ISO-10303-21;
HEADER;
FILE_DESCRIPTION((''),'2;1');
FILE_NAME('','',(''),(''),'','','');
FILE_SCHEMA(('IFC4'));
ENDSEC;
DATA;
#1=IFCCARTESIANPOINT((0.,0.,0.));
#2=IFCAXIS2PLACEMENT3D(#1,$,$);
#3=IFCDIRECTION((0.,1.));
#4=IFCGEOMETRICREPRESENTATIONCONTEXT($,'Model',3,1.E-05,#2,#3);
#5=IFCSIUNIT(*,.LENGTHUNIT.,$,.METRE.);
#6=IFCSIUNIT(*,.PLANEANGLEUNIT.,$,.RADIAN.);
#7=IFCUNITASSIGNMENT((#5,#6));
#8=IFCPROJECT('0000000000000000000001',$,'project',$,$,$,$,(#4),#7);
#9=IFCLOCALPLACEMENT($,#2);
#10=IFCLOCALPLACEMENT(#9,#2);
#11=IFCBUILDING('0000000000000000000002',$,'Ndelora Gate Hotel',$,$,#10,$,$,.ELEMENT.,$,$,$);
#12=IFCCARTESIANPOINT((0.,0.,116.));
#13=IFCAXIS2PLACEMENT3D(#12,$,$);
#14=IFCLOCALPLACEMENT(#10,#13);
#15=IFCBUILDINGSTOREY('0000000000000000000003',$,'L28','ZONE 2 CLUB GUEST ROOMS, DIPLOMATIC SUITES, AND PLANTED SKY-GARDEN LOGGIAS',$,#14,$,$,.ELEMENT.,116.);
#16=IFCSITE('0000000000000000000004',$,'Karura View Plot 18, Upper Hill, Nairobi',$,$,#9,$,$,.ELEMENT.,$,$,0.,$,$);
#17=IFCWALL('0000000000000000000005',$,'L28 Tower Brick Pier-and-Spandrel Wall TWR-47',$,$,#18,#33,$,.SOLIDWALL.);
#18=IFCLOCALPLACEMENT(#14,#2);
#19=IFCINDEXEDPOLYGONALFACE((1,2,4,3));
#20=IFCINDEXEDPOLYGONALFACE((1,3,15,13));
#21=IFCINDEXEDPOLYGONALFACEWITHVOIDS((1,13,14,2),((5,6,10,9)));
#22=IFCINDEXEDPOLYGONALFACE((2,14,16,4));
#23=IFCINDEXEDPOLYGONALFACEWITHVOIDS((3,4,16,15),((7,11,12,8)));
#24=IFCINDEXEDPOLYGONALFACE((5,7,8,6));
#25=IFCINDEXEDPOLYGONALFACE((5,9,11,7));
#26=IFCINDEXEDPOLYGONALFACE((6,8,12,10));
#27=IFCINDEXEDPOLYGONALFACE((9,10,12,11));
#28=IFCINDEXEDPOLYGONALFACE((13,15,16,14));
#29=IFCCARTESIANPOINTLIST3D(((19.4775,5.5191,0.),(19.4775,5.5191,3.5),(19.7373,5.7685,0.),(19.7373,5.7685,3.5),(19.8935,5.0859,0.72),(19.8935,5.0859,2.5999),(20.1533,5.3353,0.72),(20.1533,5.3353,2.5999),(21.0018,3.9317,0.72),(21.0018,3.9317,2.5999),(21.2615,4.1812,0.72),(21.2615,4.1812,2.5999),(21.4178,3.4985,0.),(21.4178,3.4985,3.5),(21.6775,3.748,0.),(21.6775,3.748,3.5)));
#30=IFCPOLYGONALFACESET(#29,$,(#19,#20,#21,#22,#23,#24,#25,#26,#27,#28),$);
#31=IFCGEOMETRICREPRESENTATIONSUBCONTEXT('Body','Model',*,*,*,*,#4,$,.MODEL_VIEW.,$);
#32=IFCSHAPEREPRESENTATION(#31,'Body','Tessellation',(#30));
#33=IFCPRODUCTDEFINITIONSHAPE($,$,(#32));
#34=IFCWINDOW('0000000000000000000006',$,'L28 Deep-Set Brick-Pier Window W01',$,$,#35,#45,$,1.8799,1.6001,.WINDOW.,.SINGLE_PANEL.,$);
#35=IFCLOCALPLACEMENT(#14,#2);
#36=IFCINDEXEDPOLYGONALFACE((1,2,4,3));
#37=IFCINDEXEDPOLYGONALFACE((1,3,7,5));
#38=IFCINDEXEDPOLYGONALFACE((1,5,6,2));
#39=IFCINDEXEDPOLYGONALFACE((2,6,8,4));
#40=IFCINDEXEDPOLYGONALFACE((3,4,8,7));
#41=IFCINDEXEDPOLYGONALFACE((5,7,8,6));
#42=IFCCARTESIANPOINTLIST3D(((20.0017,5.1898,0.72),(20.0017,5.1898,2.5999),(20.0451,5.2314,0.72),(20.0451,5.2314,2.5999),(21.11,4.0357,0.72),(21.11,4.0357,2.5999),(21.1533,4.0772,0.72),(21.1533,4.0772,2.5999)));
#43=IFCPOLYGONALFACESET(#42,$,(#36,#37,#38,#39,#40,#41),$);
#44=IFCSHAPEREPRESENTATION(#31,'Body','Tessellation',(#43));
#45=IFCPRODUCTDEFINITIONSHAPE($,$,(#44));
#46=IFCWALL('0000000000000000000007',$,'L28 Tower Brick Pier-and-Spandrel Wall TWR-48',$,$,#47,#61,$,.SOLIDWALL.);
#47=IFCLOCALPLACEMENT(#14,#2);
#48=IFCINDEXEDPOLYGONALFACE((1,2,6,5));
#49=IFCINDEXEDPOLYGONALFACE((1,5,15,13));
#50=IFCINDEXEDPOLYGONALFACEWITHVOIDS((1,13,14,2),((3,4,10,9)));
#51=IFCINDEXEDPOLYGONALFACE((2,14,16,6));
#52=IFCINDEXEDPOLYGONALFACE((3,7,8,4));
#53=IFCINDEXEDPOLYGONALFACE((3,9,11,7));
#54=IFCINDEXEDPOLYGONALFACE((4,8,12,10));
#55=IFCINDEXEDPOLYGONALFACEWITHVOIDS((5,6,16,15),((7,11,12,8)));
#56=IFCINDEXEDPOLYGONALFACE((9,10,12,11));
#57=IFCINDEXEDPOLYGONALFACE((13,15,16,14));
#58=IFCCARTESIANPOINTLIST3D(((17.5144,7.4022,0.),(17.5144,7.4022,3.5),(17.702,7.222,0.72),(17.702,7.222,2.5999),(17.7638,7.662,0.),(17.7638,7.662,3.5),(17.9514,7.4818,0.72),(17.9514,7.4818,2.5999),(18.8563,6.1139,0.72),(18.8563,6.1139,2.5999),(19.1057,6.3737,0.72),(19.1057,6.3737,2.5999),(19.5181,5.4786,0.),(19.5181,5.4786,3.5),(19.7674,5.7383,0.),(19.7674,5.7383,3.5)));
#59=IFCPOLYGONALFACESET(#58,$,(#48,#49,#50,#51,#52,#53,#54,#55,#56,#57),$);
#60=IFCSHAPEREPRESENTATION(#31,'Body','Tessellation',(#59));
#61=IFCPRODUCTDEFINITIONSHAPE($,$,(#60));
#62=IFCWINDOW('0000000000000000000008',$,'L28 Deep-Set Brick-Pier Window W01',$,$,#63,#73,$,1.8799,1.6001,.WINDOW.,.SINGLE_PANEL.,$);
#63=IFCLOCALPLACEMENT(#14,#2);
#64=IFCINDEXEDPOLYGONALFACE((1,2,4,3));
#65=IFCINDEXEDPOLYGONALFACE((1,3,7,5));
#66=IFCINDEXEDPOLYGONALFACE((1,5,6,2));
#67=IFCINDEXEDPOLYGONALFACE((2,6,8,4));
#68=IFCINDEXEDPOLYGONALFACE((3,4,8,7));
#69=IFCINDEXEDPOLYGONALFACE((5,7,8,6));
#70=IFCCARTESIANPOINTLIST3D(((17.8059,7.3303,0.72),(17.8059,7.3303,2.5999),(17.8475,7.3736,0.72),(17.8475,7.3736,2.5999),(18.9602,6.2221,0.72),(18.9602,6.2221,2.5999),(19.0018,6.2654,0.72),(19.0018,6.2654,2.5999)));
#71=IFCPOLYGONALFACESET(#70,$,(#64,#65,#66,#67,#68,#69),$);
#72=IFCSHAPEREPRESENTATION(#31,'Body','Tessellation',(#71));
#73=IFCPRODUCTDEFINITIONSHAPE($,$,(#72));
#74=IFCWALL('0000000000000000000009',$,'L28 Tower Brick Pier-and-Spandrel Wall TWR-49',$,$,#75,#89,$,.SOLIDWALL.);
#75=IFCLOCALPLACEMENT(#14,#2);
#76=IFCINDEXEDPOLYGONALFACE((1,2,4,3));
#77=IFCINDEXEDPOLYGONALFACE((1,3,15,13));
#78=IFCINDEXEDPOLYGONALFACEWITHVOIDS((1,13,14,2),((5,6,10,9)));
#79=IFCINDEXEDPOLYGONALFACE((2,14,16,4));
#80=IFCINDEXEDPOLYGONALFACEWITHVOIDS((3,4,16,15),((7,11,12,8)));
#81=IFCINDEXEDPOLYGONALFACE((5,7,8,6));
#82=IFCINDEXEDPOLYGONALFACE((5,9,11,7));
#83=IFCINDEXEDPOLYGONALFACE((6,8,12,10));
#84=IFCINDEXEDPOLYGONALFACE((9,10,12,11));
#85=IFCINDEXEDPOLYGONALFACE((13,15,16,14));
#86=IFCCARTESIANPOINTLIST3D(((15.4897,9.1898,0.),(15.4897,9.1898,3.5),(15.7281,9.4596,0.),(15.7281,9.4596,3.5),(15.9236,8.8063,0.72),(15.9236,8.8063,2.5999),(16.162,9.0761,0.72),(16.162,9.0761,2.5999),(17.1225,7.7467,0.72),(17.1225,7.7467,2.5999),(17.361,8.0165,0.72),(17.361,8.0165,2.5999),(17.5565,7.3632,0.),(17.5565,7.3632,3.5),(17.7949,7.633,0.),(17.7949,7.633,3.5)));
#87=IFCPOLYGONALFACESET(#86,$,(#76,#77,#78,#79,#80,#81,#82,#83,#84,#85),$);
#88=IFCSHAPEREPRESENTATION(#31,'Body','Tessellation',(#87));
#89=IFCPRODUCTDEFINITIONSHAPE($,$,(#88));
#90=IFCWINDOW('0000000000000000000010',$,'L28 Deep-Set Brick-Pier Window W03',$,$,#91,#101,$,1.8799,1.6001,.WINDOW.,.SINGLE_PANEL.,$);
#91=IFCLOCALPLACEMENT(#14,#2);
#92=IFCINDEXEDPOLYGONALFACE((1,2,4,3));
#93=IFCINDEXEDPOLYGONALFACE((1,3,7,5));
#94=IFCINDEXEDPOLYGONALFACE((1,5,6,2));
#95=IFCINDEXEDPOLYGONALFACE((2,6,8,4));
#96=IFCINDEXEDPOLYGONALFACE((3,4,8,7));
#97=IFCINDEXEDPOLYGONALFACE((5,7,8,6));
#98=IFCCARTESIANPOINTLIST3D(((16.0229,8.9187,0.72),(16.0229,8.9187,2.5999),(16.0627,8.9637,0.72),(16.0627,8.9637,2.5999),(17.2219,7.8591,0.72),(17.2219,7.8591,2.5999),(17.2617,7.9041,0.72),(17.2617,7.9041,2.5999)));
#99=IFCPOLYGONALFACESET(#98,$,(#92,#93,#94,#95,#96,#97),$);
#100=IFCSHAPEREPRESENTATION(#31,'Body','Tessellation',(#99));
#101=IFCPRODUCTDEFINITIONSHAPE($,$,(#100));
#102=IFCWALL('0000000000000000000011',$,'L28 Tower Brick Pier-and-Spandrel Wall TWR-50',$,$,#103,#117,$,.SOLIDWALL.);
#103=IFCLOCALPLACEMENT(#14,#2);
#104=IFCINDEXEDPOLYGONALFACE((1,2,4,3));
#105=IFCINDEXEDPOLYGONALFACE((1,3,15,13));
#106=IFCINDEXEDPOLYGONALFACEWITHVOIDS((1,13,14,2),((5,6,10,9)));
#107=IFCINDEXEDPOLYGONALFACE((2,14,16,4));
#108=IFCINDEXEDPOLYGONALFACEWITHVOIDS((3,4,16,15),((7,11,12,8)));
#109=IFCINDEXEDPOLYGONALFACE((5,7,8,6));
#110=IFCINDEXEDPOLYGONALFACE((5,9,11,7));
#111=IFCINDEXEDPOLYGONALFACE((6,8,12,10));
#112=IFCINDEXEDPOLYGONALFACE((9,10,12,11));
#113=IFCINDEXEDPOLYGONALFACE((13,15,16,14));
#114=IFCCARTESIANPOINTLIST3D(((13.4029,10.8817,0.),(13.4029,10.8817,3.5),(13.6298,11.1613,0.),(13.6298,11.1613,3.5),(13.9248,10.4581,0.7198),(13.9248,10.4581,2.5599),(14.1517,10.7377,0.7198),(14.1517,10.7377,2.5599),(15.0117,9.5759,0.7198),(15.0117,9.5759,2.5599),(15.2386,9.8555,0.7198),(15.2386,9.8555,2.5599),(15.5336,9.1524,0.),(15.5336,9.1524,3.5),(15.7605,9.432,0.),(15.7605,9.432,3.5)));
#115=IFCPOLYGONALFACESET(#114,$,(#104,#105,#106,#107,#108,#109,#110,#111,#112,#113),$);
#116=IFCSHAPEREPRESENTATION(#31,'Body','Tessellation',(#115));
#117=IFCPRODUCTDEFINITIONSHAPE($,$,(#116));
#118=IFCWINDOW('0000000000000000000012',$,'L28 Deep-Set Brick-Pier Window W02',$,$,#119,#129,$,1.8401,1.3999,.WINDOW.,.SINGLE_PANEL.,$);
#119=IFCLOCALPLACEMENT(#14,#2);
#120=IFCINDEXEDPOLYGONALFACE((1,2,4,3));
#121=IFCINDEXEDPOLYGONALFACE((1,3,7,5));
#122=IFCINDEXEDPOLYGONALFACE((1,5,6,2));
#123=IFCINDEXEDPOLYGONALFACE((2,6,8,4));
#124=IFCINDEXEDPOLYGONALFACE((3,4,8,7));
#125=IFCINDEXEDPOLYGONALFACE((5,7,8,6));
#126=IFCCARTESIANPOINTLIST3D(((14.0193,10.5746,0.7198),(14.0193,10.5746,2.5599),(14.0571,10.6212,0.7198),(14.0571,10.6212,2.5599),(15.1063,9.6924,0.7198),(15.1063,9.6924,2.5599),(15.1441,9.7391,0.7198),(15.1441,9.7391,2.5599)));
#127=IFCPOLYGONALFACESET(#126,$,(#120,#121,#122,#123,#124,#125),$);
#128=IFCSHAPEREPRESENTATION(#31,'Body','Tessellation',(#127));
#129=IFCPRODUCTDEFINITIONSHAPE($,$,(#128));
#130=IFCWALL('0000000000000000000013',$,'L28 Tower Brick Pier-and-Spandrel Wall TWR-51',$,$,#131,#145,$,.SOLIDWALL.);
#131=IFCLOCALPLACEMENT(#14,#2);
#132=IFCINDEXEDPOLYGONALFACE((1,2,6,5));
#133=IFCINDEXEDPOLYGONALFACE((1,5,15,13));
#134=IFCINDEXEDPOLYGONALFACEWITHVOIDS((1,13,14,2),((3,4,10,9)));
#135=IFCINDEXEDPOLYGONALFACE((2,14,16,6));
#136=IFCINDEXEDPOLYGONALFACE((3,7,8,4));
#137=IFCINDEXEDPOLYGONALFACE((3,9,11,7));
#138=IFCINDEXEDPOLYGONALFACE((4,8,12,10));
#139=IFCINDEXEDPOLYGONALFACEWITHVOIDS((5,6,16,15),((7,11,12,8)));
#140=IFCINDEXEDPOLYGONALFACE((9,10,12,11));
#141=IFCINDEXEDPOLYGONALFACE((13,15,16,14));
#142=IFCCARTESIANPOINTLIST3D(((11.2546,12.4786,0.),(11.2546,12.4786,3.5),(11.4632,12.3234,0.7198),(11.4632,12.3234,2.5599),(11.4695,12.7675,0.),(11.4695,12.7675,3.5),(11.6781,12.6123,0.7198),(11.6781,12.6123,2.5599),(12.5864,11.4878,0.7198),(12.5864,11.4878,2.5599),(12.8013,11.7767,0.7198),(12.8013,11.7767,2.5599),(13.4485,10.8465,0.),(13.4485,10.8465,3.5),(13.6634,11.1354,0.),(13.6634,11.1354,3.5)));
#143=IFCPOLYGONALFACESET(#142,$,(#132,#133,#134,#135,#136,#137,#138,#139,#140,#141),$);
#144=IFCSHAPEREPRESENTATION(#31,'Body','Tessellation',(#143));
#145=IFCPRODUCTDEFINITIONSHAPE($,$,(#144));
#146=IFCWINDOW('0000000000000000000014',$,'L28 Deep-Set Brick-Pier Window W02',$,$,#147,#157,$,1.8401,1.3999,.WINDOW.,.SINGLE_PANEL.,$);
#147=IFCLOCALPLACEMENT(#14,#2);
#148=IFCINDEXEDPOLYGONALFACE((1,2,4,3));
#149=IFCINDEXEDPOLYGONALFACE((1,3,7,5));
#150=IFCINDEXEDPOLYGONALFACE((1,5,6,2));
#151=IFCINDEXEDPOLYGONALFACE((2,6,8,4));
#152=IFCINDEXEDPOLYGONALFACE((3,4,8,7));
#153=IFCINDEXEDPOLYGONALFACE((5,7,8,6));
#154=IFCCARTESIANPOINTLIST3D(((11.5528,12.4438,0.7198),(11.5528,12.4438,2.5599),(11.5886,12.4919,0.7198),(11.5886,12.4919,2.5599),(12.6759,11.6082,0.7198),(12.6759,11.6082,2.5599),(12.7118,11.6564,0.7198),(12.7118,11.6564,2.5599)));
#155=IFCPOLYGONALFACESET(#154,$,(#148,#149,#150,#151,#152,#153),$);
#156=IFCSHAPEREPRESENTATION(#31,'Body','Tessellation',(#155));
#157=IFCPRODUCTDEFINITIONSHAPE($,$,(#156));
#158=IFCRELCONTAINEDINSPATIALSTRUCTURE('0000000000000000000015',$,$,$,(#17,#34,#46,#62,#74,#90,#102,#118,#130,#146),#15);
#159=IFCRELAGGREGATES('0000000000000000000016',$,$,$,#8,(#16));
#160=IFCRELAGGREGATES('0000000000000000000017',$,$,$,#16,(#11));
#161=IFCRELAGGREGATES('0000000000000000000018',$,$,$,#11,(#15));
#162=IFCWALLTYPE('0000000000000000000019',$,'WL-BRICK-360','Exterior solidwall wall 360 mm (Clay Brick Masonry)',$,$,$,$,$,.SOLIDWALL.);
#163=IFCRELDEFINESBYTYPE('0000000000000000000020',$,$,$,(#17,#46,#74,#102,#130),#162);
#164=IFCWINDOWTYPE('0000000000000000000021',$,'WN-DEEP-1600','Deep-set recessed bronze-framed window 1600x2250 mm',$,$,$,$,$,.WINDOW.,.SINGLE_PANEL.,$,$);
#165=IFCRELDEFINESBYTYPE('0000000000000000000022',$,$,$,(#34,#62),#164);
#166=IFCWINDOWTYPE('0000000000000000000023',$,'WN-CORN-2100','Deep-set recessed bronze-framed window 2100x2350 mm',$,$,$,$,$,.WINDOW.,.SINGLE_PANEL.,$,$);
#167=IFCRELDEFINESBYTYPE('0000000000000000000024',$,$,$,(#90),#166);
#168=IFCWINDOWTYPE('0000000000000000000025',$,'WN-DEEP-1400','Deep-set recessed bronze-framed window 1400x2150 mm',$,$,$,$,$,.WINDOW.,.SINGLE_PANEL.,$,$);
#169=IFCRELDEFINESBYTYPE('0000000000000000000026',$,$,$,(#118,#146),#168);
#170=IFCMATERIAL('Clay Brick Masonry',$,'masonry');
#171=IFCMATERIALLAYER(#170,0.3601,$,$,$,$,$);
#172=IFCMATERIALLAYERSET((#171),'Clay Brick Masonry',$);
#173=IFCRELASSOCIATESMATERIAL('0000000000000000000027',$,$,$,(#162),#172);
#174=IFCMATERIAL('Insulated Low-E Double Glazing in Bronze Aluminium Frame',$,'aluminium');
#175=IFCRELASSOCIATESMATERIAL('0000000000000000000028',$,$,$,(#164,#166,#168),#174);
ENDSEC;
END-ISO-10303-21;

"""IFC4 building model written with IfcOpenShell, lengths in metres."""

from ifc_helpers import new_model, si_unit, direction, frame, frame_2d, origin, place, context, subcontext, project, spatial, rectangle, extrude, material, layer, layer_set, type_object, element, fill, save


model = new_model("IFC4")

# Units and contexts
model_context = context("Model", 3, precision=1e-05, world=origin(), true_north=direction((0.0, 1.0)))
body_context = subcontext(model_context, "Body", "Model", "MODEL_VIEW")
ifc_project = project(units=[si_unit("LENGTHUNIT", "METRE"), si_unit("PLANEANGLEUNIT", "RADIAN")], contexts=[model_context])

# Site, building, storey
site_placement = place(None, origin())
site = spatial("IfcSite", under=ifc_project, at=site_placement, Name="Karura View Plot 18, Upper Hill, Nairobi", CompositionType="ELEMENT", RefElevation=0.0)
building_placement = place(site_placement, origin())
building = spatial("IfcBuilding", under=site, at=building_placement, Name="Ndelora Gate Hotel", CompositionType="ELEMENT")
storey_placement = place(building_placement, frame((0.0, 0.0, 116.0)))
storey = spatial("IfcBuildingStorey", under=building, at=storey_placement, Name="L28", Description="ZONE 2 CLUB GUEST ROOMS, DIPLOMATIC SUITES, AND PLANTED SKY-GARDEN LOGGIAS", CompositionType="ELEMENT", Elevation=116.0)

# Shared definitions
ifc_material_1 = material(Name="Clay Brick Masonry", Category="masonry")
ifc_layer_1 = layer(ifc_material_1, 0.3601)
ifc_layer_set_1 = layer_set([ifc_layer_1], Name="Clay Brick Masonry")
wall_type_1 = type_object("IfcWallType", Name="WL-BRICK-360", Description="Exterior solidwall wall 360 mm (Clay Brick Masonry)", PredefinedType="SOLIDWALL", material=ifc_layer_set_1)

# Walls, openings, windows
wall_1_placement = place(storey_placement, frame((19.6074, 5.6438, 0.0), z_axis=(0.0, 0.0, 1.0), x_axis=(0.692624, -0.721298, 0.0)))
wall_1 = element("IfcWall", 1, at=wall_1_placement, inside=storey, type_object=wall_type_1, Name="L28 Tower Brick Pier-and-Spandrel Wall TWR-47", PredefinedType="SOLIDWALL", context=body_context, shape_type="SweptSolid", body=[
    extrude(rectangle(XDim=2.8013, YDim=0.3601, at=frame_2d((1.4006, 0.0))), origin(), (0.0, 0.0, 1.0), 3.5),
])
opening_1_placement = place(wall_1_placement, frame((0.6006, 0.0, 0.72)))
opening_1 = element("IfcOpeningElement", 2, at=opening_1_placement, cuts=wall_1, PredefinedType="OPENING", context=body_context, shape_type="SweptSolid", body=[
    extrude(rectangle(XDim=1.6001, YDim=1.8799, at=frame_2d((0.8, 0.9399))), frame((0.0, 0.1899, 0.0), z_axis=(0.0, -1.0, 0.0), x_axis=(1.0, 0.0, 0.0)), (0.0, 0.0, 1.0), 0.3801),
])
ifc_material_2 = material(Name="Insulated Low-E Double Glazing in Bronze Aluminium Frame", Category="aluminium")
window_type_1 = type_object("IfcWindowType", Name="WN-DEEP-1600", Description="Deep-set recessed bronze-framed window 1600x2250 mm", PartitioningType="SINGLE_PANEL", PredefinedType="WINDOW", material=ifc_material_2)
window_1_placement = place(opening_1_placement, origin())
window_1 = element("IfcWindow", 3, at=window_1_placement, inside=storey, type_object=window_type_1, Name="L28 Deep-Set Brick-Pier Window W01", OverallHeight=1.8799, OverallWidth=1.6001, PartitioningType="SINGLE_PANEL", PredefinedType="WINDOW", context=body_context, shape_type="SweptSolid", body=[
    extrude(rectangle(XDim=1.6001, YDim=1.8799, at=frame_2d((0.8, 0.9399))), frame((0.0, 0.03, 0.0), z_axis=(0.0, -1.0, 0.0), x_axis=(1.0, 0.0, 0.0)), (0.0, 0.0, 1.0), 0.0601),
])
fill(opening_1, window_1)
wall_2_placement = place(storey_placement, frame((17.6392, 7.532, 0.0), z_axis=(0.0, 0.0, 1.0), x_axis=(0.721375, -0.692545, 0.0)))
wall_2 = element("IfcWall", 4, at=wall_2_placement, inside=storey, type_object=wall_type_1, Name="L28 Tower Brick Pier-and-Spandrel Wall TWR-48", PredefinedType="SOLIDWALL", context=body_context, shape_type="SweptSolid", body=[
    extrude(rectangle(XDim=2.7776, YDim=0.3601, at=frame_2d((1.3887, 0.0))), origin(), (0.0, 0.0, 1.0), 3.5),
])
opening_2_placement = place(wall_2_placement, frame((0.26, 0.0, 0.72)))
opening_2 = element("IfcOpeningElement", 5, at=opening_2_placement, cuts=wall_2, PredefinedType="OPENING", context=body_context, shape_type="SweptSolid", body=[
    extrude(rectangle(XDim=1.6001, YDim=1.8799, at=frame_2d((0.8, 0.9399))), frame((0.0, 0.1899, 0.0), z_axis=(0.0, -1.0, 0.0), x_axis=(1.0, 0.0, 0.0)), (0.0, 0.0, 1.0), 0.3801),
])
window_2_placement = place(opening_2_placement, origin())
window_2 = element("IfcWindow", 6, at=window_2_placement, inside=storey, type_object=window_type_1, Name="L28 Deep-Set Brick-Pier Window W01", OverallHeight=1.8799, OverallWidth=1.6001, PartitioningType="SINGLE_PANEL", PredefinedType="WINDOW", context=body_context, shape_type="SweptSolid", body=[
    extrude(rectangle(XDim=1.6001, YDim=1.8799, at=frame_2d((0.8, 0.9399))), frame((0.0, 0.03, 0.0), z_axis=(0.0, -1.0, 0.0), x_axis=(1.0, 0.0, 0.0)), (0.0, 0.0, 1.0), 0.0601),
])
fill(opening_2, window_2)
wall_3_placement = place(storey_placement, frame((15.6089, 9.3247, 0.0), z_axis=(0.0, 0.0, 1.0), x_axis=(0.749311, -0.662219, 0.0)))
wall_3 = element("IfcWall", 7, at=wall_3_placement, inside=storey, type_object=wall_type_1, Name="L28 Tower Brick Pier-and-Spandrel Wall TWR-49", PredefinedType="SOLIDWALL", context=body_context, shape_type="SweptSolid", body=[
    extrude(rectangle(XDim=2.7583, YDim=0.3601, at=frame_2d((1.3792, 0.0))), origin(), (0.0, 0.0, 1.0), 3.5),
])
opening_3_placement = place(wall_3_placement, frame((0.5791, 0.0, 0.72)))
opening_3 = element("IfcOpeningElement", 8, at=opening_3_placement, cuts=wall_3, PredefinedType="OPENING", context=body_context, shape_type="SweptSolid", body=[
    extrude(rectangle(XDim=1.6001, YDim=1.8799, at=frame_2d((0.8, 0.9399))), frame((0.0, 0.1899, 0.0), z_axis=(0.0, -1.0, 0.0), x_axis=(1.0, 0.0, 0.0)), (0.0, 0.0, 1.0), 0.3801),
])
window_type_2 = type_object("IfcWindowType", Name="WN-CORN-2100", Description="Deep-set recessed bronze-framed window 2100x2350 mm", PartitioningType="SINGLE_PANEL", PredefinedType="WINDOW", material=ifc_material_2)
window_3_placement = place(opening_3_placement, origin())
window_3 = element("IfcWindow", 9, at=window_3_placement, inside=storey, type_object=window_type_2, Name="L28 Deep-Set Brick-Pier Window W03", OverallHeight=1.8799, OverallWidth=1.6001, PartitioningType="SINGLE_PANEL", PredefinedType="WINDOW", context=body_context, shape_type="SweptSolid", body=[
    extrude(rectangle(XDim=1.6001, YDim=1.8799, at=frame_2d((0.8, 0.9399))), frame((0.0, 0.03, 0.0), z_axis=(0.0, -1.0, 0.0), x_axis=(1.0, 0.0, 0.0)), (0.0, 0.0, 1.0), 0.0601),
])
fill(opening_3, window_3)
wall_4_placement = place(storey_placement, frame((13.5164, 11.0215, 0.0), z_axis=(0.0, 0.0, 1.0), x_axis=(0.776449, -0.630181, 0.0)))
wall_4 = element("IfcWall", 10, at=wall_4_placement, inside=storey, type_object=wall_type_1, Name="L28 Tower Brick Pier-and-Spandrel Wall TWR-50", PredefinedType="SOLIDWALL", context=body_context, shape_type="SweptSolid", body=[
    extrude(rectangle(XDim=2.7441, YDim=0.3601, at=frame_2d((1.3721, 0.0))), origin(), (0.0, 0.0, 1.0), 3.5),
])
opening_4_placement = place(wall_4_placement, frame((0.6721, 0.0, 0.72)))
opening_4 = element("IfcOpeningElement", 11, at=opening_4_placement, cuts=wall_4, PredefinedType="OPENING", context=body_context, shape_type="SweptSolid", body=[
    extrude(rectangle(XDim=1.3999, YDim=1.8401, at=frame_2d((0.7, 0.9199))), frame((0.0, 0.1899, 0.0), z_axis=(0.0, -1.0, 0.0), x_axis=(1.0, 0.0, 0.0)), (0.0, 0.0, 1.0), 0.3801),
])
window_type_3 = type_object("IfcWindowType", Name="WN-DEEP-1400", Description="Deep-set recessed bronze-framed window 1400x2150 mm", PartitioningType="SINGLE_PANEL", PredefinedType="WINDOW", material=ifc_material_2)
window_4_placement = place(opening_4_placement, origin())
window_4 = element("IfcWindow", 12, at=window_4_placement, inside=storey, type_object=window_type_3, Name="L28 Deep-Set Brick-Pier Window W02", OverallHeight=1.8401, OverallWidth=1.3999, PartitioningType="SINGLE_PANEL", PredefinedType="WINDOW", context=body_context, shape_type="SweptSolid", body=[
    extrude(rectangle(XDim=1.3999, YDim=1.8401, at=frame_2d((0.7, 0.9199))), frame((0.0, 0.03, 0.0), z_axis=(0.0, -1.0, 0.0), x_axis=(1.0, 0.0, 0.0)), (0.0, 0.0, 1.0), 0.0601),
])
fill(opening_4, window_4)
wall_5_placement = place(storey_placement, frame((11.3621, 12.623, 0.0), z_axis=(0.0, 0.0, 1.0), x_axis=(0.80233, -0.596881, 0.0)))
wall_5 = element("IfcWall", 13, at=wall_5_placement, inside=storey, type_object=wall_type_1, Name="L28 Tower Brick Pier-and-Spandrel Wall TWR-51", PredefinedType="SOLIDWALL", context=body_context, shape_type="SweptSolid", body=[
    extrude(rectangle(XDim=2.7344, YDim=0.3601, at=frame_2d((1.3672, 0.0))), origin(), (0.0, 0.0, 1.0), 3.5),
])
opening_5_placement = place(wall_5_placement, frame((0.26, 0.0, 0.72)))
opening_5 = element("IfcOpeningElement", 14, at=opening_5_placement, cuts=wall_5, PredefinedType="OPENING", context=body_context, shape_type="SweptSolid", body=[
    extrude(rectangle(XDim=1.3999, YDim=1.8401, at=frame_2d((0.7, 0.9199))), frame((0.0, 0.1899, 0.0), z_axis=(0.0, -1.0, 0.0), x_axis=(1.0, 0.0, 0.0)), (0.0, 0.0, 1.0), 0.3801),
])
window_5_placement = place(opening_5_placement, origin())
window_5 = element("IfcWindow", 15, at=window_5_placement, inside=storey, type_object=window_type_3, Name="L28 Deep-Set Brick-Pier Window W02", OverallHeight=1.8401, OverallWidth=1.3999, PartitioningType="SINGLE_PANEL", PredefinedType="WINDOW", context=body_context, shape_type="SweptSolid", body=[
    extrude(rectangle(XDim=1.3999, YDim=1.8401, at=frame_2d((0.7, 0.9199))), frame((0.0, 0.03, 0.0), z_axis=(0.0, -1.0, 0.0), x_axis=(1.0, 0.0, 0.0)), (0.0, 0.0, 1.0), 0.0601),
])
fill(opening_5, window_5)

save(model, "model.ifc")
